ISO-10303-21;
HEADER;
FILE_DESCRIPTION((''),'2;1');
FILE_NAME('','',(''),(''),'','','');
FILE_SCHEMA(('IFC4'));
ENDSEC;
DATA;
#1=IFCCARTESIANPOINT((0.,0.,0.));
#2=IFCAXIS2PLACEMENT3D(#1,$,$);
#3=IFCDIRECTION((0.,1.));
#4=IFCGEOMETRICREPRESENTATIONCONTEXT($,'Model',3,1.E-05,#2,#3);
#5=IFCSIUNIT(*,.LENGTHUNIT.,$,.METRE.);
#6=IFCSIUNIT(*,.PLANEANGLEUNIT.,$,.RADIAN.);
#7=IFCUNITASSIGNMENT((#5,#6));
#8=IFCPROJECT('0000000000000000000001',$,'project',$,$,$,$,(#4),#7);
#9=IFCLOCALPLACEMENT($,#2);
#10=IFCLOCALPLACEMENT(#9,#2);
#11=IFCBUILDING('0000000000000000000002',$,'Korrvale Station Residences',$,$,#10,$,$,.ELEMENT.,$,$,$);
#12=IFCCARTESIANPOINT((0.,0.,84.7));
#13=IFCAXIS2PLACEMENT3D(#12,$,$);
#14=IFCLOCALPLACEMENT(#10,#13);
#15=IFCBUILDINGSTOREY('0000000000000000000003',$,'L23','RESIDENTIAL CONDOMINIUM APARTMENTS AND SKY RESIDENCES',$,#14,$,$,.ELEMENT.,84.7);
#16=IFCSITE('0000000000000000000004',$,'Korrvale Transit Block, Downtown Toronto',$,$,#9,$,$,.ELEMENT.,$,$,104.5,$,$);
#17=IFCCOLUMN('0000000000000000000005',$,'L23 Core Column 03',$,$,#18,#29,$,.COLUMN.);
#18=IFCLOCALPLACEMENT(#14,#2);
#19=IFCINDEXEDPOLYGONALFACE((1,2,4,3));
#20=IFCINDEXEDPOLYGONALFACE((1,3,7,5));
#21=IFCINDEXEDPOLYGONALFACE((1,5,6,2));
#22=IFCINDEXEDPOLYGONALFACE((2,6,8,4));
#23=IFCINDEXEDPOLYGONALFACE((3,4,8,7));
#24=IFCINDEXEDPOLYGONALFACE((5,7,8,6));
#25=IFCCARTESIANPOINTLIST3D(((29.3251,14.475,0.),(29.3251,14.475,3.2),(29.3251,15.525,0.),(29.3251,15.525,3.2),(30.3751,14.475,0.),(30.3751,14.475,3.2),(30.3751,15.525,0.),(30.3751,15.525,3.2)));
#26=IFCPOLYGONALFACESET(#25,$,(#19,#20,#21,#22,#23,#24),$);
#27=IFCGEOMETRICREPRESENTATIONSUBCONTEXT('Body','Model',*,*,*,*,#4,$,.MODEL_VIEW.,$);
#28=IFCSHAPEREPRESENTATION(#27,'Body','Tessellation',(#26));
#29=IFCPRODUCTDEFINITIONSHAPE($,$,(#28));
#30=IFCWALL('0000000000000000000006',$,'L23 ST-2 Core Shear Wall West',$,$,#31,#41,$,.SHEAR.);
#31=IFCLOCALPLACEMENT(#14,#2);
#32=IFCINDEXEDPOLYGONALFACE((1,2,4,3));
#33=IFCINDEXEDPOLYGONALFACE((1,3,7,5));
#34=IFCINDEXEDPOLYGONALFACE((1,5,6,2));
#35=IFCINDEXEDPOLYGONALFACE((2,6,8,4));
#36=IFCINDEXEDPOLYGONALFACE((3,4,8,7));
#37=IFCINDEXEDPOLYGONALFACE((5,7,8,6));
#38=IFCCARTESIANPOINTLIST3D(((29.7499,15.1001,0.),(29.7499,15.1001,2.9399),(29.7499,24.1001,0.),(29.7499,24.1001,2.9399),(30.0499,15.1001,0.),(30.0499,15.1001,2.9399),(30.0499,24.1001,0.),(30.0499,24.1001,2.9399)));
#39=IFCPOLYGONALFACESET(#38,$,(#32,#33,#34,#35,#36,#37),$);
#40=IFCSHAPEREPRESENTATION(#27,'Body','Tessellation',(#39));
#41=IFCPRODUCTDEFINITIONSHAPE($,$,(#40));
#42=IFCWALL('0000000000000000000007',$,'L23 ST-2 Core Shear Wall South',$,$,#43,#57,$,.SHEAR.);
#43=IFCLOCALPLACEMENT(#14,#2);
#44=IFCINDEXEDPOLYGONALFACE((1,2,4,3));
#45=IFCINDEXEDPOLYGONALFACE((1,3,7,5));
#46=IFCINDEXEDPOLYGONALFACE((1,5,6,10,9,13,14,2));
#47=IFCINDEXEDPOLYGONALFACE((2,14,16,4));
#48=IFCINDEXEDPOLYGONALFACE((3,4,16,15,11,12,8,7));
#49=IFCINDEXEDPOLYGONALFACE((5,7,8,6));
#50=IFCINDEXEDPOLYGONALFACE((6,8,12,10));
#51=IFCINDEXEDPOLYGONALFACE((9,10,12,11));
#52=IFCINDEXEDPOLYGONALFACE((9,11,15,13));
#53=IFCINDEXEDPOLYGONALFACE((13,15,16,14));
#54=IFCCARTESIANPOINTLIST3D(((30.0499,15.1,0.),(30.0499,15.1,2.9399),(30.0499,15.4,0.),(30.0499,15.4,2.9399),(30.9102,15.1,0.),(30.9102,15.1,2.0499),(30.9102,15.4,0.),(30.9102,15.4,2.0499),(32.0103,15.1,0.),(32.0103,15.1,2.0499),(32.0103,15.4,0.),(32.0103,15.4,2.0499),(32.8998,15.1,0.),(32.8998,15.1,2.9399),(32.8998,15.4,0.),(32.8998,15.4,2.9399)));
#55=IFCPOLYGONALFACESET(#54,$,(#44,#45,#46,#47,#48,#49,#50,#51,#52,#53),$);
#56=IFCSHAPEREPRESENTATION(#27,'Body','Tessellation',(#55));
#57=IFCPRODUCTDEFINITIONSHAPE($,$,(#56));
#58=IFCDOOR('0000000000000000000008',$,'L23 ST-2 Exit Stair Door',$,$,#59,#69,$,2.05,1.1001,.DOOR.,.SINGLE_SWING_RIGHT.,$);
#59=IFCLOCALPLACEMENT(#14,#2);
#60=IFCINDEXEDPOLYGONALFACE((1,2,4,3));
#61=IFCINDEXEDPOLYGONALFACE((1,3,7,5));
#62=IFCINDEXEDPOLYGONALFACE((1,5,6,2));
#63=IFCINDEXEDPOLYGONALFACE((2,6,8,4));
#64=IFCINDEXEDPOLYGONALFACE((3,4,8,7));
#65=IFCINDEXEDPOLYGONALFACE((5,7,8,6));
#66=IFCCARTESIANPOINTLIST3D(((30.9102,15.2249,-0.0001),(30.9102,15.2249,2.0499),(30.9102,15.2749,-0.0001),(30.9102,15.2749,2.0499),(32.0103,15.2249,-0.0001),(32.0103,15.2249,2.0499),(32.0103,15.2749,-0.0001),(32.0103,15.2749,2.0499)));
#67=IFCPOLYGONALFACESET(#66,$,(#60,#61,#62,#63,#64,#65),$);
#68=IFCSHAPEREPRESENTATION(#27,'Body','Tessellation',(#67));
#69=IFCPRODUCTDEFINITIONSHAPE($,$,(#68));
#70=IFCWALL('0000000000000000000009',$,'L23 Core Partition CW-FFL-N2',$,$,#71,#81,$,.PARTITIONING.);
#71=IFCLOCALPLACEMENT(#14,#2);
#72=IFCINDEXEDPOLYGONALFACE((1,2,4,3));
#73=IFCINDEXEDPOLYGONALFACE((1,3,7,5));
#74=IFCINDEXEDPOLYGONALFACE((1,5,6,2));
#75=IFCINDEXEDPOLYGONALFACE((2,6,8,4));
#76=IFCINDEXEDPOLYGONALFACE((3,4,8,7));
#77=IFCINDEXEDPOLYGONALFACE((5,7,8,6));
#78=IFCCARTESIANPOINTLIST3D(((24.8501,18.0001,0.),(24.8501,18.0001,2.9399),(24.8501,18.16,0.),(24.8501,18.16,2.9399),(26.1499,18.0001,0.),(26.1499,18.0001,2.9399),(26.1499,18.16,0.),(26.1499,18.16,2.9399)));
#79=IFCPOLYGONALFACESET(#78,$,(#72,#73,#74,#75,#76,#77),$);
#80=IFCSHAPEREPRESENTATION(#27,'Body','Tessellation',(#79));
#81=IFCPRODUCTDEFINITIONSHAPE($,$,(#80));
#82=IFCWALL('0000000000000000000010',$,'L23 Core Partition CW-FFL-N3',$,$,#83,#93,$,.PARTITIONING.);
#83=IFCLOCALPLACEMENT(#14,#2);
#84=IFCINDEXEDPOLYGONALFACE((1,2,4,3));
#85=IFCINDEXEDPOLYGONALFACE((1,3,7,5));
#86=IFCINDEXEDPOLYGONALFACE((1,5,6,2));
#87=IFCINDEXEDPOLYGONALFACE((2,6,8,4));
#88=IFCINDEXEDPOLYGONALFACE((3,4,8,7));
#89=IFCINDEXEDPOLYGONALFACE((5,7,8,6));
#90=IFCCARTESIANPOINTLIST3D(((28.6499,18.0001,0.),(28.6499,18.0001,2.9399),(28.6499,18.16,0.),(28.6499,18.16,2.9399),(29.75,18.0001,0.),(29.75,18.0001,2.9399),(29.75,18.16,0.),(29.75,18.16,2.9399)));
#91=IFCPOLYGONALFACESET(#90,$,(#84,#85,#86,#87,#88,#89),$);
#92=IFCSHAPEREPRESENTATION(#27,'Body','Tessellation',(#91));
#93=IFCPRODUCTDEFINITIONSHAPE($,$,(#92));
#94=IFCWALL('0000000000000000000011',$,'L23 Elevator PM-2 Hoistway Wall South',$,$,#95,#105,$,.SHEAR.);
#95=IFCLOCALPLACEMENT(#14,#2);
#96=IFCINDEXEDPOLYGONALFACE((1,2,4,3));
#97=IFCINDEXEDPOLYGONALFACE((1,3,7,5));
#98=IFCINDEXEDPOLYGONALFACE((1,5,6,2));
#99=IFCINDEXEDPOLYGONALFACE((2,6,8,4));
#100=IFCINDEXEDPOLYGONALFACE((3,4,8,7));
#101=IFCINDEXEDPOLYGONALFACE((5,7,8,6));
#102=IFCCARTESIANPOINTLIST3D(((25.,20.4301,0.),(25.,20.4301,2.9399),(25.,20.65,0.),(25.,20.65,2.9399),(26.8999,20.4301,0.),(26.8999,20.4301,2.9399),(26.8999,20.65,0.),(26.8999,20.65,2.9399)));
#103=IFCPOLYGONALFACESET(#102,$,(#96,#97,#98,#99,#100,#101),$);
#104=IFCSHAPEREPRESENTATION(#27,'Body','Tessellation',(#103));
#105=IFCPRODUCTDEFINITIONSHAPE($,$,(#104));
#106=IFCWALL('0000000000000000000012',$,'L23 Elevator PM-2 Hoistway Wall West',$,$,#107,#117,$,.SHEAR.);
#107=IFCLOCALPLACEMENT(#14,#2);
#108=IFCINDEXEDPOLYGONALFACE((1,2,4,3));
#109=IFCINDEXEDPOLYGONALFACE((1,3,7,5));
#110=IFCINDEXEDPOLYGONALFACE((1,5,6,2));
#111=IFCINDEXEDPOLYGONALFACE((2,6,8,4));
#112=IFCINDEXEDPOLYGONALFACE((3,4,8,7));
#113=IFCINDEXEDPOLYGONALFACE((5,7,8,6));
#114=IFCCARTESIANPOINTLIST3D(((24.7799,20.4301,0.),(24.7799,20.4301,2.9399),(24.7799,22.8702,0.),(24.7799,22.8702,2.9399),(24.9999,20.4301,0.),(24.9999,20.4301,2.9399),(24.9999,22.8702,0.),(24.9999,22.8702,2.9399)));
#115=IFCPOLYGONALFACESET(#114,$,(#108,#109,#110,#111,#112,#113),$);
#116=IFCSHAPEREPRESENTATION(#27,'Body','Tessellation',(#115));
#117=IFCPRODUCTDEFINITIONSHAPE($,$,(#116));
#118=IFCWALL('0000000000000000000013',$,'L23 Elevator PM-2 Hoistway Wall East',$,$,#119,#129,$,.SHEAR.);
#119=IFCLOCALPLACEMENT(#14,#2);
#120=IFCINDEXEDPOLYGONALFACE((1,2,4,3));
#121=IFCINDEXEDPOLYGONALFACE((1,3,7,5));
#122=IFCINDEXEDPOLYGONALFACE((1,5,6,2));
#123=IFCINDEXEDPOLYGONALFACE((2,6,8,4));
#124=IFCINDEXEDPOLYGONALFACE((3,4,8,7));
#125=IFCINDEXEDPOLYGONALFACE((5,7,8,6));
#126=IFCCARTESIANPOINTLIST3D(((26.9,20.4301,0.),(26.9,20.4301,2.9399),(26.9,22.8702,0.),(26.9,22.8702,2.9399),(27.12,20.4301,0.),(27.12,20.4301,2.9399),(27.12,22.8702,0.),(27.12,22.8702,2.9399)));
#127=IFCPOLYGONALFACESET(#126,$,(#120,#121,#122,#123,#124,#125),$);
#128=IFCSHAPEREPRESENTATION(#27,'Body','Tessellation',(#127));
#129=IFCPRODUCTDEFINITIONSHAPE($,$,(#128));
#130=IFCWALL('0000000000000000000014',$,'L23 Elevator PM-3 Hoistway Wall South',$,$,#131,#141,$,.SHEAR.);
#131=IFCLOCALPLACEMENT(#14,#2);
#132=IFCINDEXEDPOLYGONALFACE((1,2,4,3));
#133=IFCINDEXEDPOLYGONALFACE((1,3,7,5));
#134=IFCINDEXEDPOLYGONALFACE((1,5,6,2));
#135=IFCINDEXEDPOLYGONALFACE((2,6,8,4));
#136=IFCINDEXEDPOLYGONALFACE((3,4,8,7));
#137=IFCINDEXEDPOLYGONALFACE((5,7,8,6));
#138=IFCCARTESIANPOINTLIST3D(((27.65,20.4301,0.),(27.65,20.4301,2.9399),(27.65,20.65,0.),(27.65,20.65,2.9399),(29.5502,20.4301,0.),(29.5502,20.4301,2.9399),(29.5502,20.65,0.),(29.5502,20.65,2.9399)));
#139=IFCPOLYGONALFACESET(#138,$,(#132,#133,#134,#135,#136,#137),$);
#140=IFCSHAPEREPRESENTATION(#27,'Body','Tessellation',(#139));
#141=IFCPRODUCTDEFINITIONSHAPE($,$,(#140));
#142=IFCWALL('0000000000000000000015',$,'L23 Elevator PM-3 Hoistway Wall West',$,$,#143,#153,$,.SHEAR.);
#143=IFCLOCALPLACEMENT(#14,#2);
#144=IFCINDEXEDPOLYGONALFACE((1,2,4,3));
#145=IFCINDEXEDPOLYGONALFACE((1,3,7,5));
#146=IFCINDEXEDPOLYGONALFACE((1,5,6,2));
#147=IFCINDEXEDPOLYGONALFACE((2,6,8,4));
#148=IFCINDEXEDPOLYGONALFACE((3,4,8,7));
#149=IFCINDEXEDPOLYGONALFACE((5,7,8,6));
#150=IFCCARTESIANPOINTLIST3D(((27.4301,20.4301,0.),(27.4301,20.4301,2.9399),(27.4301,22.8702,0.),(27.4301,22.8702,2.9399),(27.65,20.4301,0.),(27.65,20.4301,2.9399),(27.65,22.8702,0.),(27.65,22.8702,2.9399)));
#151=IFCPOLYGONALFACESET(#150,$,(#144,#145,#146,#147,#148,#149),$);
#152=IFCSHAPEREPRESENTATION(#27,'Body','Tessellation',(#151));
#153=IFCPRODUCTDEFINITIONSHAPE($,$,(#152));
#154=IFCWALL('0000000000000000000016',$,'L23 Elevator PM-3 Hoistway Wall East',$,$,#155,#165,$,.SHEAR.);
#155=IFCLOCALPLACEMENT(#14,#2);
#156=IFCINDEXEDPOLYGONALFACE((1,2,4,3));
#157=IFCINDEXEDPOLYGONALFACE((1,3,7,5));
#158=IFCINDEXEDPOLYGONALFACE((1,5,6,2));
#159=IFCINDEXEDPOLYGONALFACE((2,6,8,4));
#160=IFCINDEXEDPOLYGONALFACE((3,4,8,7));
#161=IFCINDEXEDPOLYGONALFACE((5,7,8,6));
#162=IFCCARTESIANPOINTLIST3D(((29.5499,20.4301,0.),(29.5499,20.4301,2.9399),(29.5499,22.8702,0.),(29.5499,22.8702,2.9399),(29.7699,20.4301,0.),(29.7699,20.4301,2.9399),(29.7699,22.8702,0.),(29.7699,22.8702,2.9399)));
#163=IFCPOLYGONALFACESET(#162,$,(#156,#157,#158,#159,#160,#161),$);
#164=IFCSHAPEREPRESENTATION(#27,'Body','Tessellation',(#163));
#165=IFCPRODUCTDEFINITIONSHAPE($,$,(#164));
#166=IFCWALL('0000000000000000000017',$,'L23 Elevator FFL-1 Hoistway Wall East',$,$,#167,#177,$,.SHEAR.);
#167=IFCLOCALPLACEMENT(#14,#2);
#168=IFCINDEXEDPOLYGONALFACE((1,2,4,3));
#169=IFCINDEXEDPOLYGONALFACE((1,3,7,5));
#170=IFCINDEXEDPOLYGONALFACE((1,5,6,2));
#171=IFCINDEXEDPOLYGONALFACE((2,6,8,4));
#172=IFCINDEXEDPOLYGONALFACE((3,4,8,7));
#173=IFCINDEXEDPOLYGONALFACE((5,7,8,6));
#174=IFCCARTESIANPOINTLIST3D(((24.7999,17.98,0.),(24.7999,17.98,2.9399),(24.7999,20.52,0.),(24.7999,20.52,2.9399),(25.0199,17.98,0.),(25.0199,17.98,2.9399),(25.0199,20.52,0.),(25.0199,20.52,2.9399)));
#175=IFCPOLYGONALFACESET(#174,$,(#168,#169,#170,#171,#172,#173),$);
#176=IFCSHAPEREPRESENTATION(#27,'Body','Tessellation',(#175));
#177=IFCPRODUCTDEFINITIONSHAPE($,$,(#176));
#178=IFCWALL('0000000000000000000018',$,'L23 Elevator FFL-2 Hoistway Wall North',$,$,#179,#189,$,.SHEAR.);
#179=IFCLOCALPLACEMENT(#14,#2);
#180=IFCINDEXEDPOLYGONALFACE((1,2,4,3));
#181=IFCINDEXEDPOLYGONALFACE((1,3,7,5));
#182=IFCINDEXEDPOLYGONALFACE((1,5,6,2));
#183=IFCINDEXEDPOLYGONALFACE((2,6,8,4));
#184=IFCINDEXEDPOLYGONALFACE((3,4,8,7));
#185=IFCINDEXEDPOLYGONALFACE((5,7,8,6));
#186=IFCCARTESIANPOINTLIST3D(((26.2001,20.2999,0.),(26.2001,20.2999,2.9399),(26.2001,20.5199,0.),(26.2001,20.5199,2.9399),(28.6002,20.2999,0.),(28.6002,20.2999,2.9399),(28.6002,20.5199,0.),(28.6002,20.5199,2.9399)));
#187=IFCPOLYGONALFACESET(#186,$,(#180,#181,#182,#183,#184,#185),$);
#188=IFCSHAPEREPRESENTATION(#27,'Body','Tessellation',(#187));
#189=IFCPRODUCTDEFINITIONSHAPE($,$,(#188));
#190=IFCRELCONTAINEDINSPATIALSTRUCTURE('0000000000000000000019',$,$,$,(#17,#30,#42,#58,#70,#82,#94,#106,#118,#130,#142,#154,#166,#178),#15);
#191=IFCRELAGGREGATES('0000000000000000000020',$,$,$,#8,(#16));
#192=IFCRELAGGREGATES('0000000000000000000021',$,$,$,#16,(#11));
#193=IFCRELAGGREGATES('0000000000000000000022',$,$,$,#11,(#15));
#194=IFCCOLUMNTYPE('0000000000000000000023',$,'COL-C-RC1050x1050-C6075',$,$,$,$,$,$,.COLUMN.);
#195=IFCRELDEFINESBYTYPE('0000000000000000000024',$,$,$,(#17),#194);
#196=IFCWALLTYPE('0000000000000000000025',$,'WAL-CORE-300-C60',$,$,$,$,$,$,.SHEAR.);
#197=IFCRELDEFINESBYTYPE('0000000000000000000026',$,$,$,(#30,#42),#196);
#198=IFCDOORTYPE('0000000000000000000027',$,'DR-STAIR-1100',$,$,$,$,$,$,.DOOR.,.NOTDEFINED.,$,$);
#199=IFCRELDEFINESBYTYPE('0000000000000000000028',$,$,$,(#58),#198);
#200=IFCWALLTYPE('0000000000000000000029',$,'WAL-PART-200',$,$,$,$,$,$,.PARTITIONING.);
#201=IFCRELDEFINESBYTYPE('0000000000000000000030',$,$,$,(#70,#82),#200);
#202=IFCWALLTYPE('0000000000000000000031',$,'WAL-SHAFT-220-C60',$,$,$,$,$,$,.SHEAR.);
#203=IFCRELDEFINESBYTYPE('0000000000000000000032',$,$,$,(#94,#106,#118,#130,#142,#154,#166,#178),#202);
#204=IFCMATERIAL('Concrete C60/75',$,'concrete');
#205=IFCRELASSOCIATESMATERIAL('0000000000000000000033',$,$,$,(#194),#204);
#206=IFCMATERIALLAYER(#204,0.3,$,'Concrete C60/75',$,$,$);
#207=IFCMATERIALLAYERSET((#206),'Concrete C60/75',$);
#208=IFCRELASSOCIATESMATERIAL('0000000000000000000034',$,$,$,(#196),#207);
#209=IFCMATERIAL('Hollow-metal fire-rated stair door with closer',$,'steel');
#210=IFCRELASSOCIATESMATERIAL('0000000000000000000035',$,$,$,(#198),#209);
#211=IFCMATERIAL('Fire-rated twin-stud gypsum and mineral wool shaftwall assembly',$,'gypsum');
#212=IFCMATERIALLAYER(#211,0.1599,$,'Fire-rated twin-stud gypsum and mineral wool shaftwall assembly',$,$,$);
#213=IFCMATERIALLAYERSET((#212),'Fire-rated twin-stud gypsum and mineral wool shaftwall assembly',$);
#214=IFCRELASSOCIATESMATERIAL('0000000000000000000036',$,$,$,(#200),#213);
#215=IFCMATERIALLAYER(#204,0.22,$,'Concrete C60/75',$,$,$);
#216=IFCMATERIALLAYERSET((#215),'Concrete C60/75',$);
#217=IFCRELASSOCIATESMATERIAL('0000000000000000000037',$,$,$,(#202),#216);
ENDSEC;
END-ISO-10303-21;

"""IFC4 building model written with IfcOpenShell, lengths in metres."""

from ifc_helpers import new_model, si_unit, direction, frame, frame_2d, origin, origin_2d, place, context, subcontext, project, spatial, rectangle, extrude, material, layer, layer_set, material_profile, profile_set, type_object, element, fill, save


model = new_model("IFC4")

# Units and contexts
model_context = context("Model", 3, precision=1e-05, world=origin(), true_north=direction((0.0, 1.0)))
body_context = subcontext(model_context, "Body", "Model", "MODEL_VIEW")
ifc_project = project(units=[si_unit("LENGTHUNIT", "METRE"), si_unit("PLANEANGLEUNIT", "RADIAN")], contexts=[model_context])

# Site, building, storey
site_placement = place(None, origin())
site = spatial("IfcSite", under=ifc_project, at=site_placement, Name="Korrvale Transit Block, Downtown Toronto", CompositionType="ELEMENT", RefElevation=104.5)
building_placement = place(site_placement, origin())
building = spatial("IfcBuilding", under=site, at=building_placement, Name="Korrvale Station Residences", CompositionType="ELEMENT")
storey_placement = place(building_placement, frame((0.0, 0.0, 84.7)))
storey = spatial("IfcBuildingStorey", under=building, at=storey_placement, Name="L23", Description="RESIDENTIAL CONDOMINIUM APARTMENTS AND SKY RESIDENCES", CompositionType="ELEMENT", Elevation=84.7)

# Column
ifc_material_1 = material(Name="Concrete C60/75", Category="concrete")
ifc_material_profile = material_profile(ifc_material_1, rectangle(XDim=1.05, YDim=1.05, at=origin_2d()), Name="RC1050x1050")
ifc_profile_set = profile_set([ifc_material_profile], Name="Concrete C60/75")
column_type = type_object("IfcColumnType", Name="COL-C-RC1050x1050-C6075", PredefinedType="COLUMN", material=ifc_profile_set)
column_placement = place(storey_placement, frame((29.8501, 15.0, 0.0), z_axis=(0.0, 0.0, 1.0), x_axis=(1.0, 0.0, 0.0)))
element("IfcColumn", 1, at=column_placement, inside=storey, type_object=column_type, Name="L23 Core Column 03", PredefinedType="COLUMN", context=body_context, shape_type="SweptSolid", body=[
    extrude(rectangle(XDim=1.05, YDim=1.05, at=origin_2d()), origin(), (0.0, 0.0, 1.0), 3.2),
])

# Wall
ifc_layer_1 = layer(ifc_material_1, 0.3, Name="Concrete C60/75")
ifc_layer_set_1 = layer_set([ifc_layer_1], Name="Concrete C60/75")
wall_type_1 = type_object("IfcWallType", Name="WAL-CORE-300-C60", PredefinedType="SHEAR", material=ifc_layer_set_1)
wall_1_placement = place(storey_placement, frame((29.8999, 15.1001, 0.0), z_axis=(0.0, 0.0, 1.0), x_axis=(0.0, 1.0, 0.0)))
element("IfcWall", 2, at=wall_1_placement, inside=storey, type_object=wall_type_1, Name="L23 ST-2 Core Shear Wall West", PredefinedType="SHEAR", context=body_context, shape_type="SweptSolid", body=[
    extrude(rectangle(XDim=9.0, YDim=0.3, at=frame_2d((4.5, 0.0))), origin(), (0.0, 0.0, 1.0), 2.9399),
])

# Wall, opening, door
wall_2_placement = place(storey_placement, frame((30.05, 15.25, 0.0), z_axis=(0.0, 0.0, 1.0), x_axis=(1.0, 0.0, 0.0)))
wall_2 = element("IfcWall", 3, at=wall_2_placement, inside=storey, type_object=wall_type_1, Name="L23 ST-2 Core Shear Wall South", PredefinedType="SHEAR", context=body_context, shape_type="SweptSolid", body=[
    extrude(rectangle(XDim=2.8499, YDim=0.3, at=frame_2d((1.4248, 0.0))), origin(), (0.0, 0.0, 1.0), 2.9399),
])
opening_1_placement = place(wall_2_placement, frame((0.8601, 0.0, 0.0)))
opening_1 = element("IfcOpeningElement", 4, at=opening_1_placement, cuts=wall_2, PredefinedType="OPENING", context=body_context, shape_type="SweptSolid", body=[
    extrude(rectangle(XDim=1.1001, YDim=2.05, at=frame_2d((0.55, 1.0249))), frame((0.0, 0.1602, 0.0), z_axis=(0.0, -1.0, 0.0), x_axis=(1.0, 0.0, 0.0)), (0.0, 0.0, 1.0), 0.3201),
])
ifc_material_2 = material(Name="Hollow-metal fire-rated stair door with closer", Category="steel")
door_type_1 = type_object("IfcDoorType", Name="DR-STAIR-1100", OperationType="NOTDEFINED", PredefinedType="DOOR", material=ifc_material_2)
door_1_placement = place(opening_1_placement, origin())
door_1 = element("IfcDoor", 5, at=door_1_placement, inside=storey, type_object=door_type_1, Name="L23 ST-2 Exit Stair Door", OperationType="SINGLE_SWING_RIGHT", OverallHeight=2.05, OverallWidth=1.1001, PredefinedType="DOOR", context=body_context, shape_type="SweptSolid", body=[
    extrude(rectangle(XDim=1.1001, YDim=2.05, at=frame_2d((0.55, 1.0249))), frame((0.0, 0.0249, 0.0), z_axis=(0.0, -1.0, 0.0), x_axis=(1.0, 0.0, 0.0)), (0.0, 0.0, 1.0), 0.05),
])
fill(opening_1, door_1)

# Walls
ifc_material_3 = material(Name="Fire-rated twin-stud gypsum and mineral wool shaftwall assembly", Category="gypsum")
ifc_layer_2 = layer(ifc_material_3, 0.1599, Name="Fire-rated twin-stud gypsum and mineral wool shaftwall assembly")
ifc_layer_set_2 = layer_set([ifc_layer_2], Name="Fire-rated twin-stud gypsum and mineral wool shaftwall assembly")
wall_type_2 = type_object("IfcWallType", Name="WAL-PART-200", PredefinedType="PARTITIONING", material=ifc_layer_set_2)
wall_3_placement = place(storey_placement, frame((24.8501, 18.0801, 0.0), z_axis=(0.0, 0.0, 1.0), x_axis=(1.0, 0.0, 0.0)))
element("IfcWall", 6, at=wall_3_placement, inside=storey, type_object=wall_type_2, Name="L23 Core Partition CW-FFL-N2", PredefinedType="PARTITIONING", context=body_context, shape_type="SweptSolid", body=[
    extrude(rectangle(XDim=1.2998, YDim=0.1599, at=frame_2d((0.6499, 0.0))), origin(), (0.0, 0.0, 1.0), 2.9399),
])
wall_4_placement = place(storey_placement, frame((28.6499, 18.0801, 0.0), z_axis=(0.0, 0.0, 1.0), x_axis=(1.0, 0.0, 0.0)))
element("IfcWall", 7, at=wall_4_placement, inside=storey, type_object=wall_type_2, Name="L23 Core Partition CW-FFL-N3", PredefinedType="PARTITIONING", context=body_context, shape_type="SweptSolid", body=[
    extrude(rectangle(XDim=1.1001, YDim=0.1599, at=frame_2d((0.55, 0.0))), origin(), (0.0, 0.0, 1.0), 2.9399),
])
ifc_layer_3 = layer(ifc_material_1, 0.22, Name="Concrete C60/75")
ifc_layer_set_3 = layer_set([ifc_layer_3], Name="Concrete C60/75")
wall_type_3 = type_object("IfcWallType", Name="WAL-SHAFT-220-C60", PredefinedType="SHEAR", material=ifc_layer_set_3)
wall_5_placement = place(storey_placement, frame((25.0, 20.54, 0.0), z_axis=(0.0, 0.0, 1.0), x_axis=(1.0, 0.0, 0.0)))
element("IfcWall", 8, at=wall_5_placement, inside=storey, type_object=wall_type_3, Name="L23 Elevator PM-2 Hoistway Wall South", PredefinedType="SHEAR", context=body_context, shape_type="SweptSolid", body=[
    extrude(rectangle(XDim=1.8999, YDim=0.22, at=frame_2d((0.95, 0.0))), origin(), (0.0, 0.0, 1.0), 2.9399),
])
for number, where, z_axis, x_axis, name in (
    (9, (24.8899, 20.4299, 0.0), (0.0, 0.0, 1.0), (0.0, 1.0, 0.0), "L23 Elevator PM-2 Hoistway Wall West"),
    (10, (27.01, 20.4299, 0.0), (0.0, 0.0, 1.0), (0.0, 1.0, 0.0), "L23 Elevator PM-2 Hoistway Wall East"),
):
    element("IfcWall", number, at=place(storey_placement, frame(where, z_axis=z_axis, x_axis=x_axis)), inside=storey, type_object=wall_type_3, Name=name, PredefinedType="SHEAR", context=body_context, shape_type="SweptSolid", body=[
        extrude(rectangle(XDim=2.4402, YDim=0.22, at=frame_2d((1.2202, 0.0))), origin(), (0.0, 0.0, 1.0), 2.9399),
    ])
wall_6_placement = place(storey_placement, frame((27.6499, 20.54, 0.0), z_axis=(0.0, 0.0, 1.0), x_axis=(1.0, 0.0, 0.0)))
element("IfcWall", 11, at=wall_6_placement, inside=storey, type_object=wall_type_3, Name="L23 Elevator PM-3 Hoistway Wall South", PredefinedType="SHEAR", context=body_context, shape_type="SweptSolid", body=[
    extrude(rectangle(XDim=1.9001, YDim=0.22, at=frame_2d((0.9502, 0.0))), origin(), (0.0, 0.0, 1.0), 2.9399),
])
for number, where, z_axis, x_axis, name in (
    (12, (27.54, 20.4299, 0.0), (0.0, 0.0, 1.0), (0.0, 1.0, 0.0), "L23 Elevator PM-3 Hoistway Wall West"),
    (13, (29.6599, 20.4299, 0.0), (0.0, 0.0, 1.0), (0.0, 1.0, 0.0), "L23 Elevator PM-3 Hoistway Wall East"),
):
    element("IfcWall", number, at=place(storey_placement, frame(where, z_axis=z_axis, x_axis=x_axis)), inside=storey, type_object=wall_type_3, Name=name, PredefinedType="SHEAR", context=body_context, shape_type="SweptSolid", body=[
        extrude(rectangle(XDim=2.4402, YDim=0.22, at=frame_2d((1.2202, 0.0))), origin(), (0.0, 0.0, 1.0), 2.9399),
    ])
wall_7_placement = place(storey_placement, frame((24.9099, 17.98, 0.0), z_axis=(0.0, 0.0, 1.0), x_axis=(0.0, 1.0, 0.0)))
element("IfcWall", 14, at=wall_7_placement, inside=storey, type_object=wall_type_3, Name="L23 Elevator FFL-1 Hoistway Wall East", PredefinedType="SHEAR", context=body_context, shape_type="SweptSolid", body=[
    extrude(rectangle(XDim=2.54, YDim=0.22, at=frame_2d((1.27, 0.0))), origin(), (0.0, 0.0, 1.0), 2.9399),
])

# Wall
wall_8_placement = place(storey_placement, frame((26.2, 20.4099, 0.0), z_axis=(0.0, 0.0, 1.0), x_axis=(1.0, 0.0, 0.0)))
element("IfcWall", 15, at=wall_8_placement, inside=storey, type_object=wall_type_3, Name="L23 Elevator FFL-2 Hoistway Wall North", PredefinedType="SHEAR", context=body_context, shape_type="SweptSolid", body=[
    extrude(rectangle(XDim=2.4001, YDim=0.22, at=frame_2d((1.2002, 0.0))), origin(), (0.0, 0.0, 1.0), 2.9399),
])

save(model, "model.ifc")
